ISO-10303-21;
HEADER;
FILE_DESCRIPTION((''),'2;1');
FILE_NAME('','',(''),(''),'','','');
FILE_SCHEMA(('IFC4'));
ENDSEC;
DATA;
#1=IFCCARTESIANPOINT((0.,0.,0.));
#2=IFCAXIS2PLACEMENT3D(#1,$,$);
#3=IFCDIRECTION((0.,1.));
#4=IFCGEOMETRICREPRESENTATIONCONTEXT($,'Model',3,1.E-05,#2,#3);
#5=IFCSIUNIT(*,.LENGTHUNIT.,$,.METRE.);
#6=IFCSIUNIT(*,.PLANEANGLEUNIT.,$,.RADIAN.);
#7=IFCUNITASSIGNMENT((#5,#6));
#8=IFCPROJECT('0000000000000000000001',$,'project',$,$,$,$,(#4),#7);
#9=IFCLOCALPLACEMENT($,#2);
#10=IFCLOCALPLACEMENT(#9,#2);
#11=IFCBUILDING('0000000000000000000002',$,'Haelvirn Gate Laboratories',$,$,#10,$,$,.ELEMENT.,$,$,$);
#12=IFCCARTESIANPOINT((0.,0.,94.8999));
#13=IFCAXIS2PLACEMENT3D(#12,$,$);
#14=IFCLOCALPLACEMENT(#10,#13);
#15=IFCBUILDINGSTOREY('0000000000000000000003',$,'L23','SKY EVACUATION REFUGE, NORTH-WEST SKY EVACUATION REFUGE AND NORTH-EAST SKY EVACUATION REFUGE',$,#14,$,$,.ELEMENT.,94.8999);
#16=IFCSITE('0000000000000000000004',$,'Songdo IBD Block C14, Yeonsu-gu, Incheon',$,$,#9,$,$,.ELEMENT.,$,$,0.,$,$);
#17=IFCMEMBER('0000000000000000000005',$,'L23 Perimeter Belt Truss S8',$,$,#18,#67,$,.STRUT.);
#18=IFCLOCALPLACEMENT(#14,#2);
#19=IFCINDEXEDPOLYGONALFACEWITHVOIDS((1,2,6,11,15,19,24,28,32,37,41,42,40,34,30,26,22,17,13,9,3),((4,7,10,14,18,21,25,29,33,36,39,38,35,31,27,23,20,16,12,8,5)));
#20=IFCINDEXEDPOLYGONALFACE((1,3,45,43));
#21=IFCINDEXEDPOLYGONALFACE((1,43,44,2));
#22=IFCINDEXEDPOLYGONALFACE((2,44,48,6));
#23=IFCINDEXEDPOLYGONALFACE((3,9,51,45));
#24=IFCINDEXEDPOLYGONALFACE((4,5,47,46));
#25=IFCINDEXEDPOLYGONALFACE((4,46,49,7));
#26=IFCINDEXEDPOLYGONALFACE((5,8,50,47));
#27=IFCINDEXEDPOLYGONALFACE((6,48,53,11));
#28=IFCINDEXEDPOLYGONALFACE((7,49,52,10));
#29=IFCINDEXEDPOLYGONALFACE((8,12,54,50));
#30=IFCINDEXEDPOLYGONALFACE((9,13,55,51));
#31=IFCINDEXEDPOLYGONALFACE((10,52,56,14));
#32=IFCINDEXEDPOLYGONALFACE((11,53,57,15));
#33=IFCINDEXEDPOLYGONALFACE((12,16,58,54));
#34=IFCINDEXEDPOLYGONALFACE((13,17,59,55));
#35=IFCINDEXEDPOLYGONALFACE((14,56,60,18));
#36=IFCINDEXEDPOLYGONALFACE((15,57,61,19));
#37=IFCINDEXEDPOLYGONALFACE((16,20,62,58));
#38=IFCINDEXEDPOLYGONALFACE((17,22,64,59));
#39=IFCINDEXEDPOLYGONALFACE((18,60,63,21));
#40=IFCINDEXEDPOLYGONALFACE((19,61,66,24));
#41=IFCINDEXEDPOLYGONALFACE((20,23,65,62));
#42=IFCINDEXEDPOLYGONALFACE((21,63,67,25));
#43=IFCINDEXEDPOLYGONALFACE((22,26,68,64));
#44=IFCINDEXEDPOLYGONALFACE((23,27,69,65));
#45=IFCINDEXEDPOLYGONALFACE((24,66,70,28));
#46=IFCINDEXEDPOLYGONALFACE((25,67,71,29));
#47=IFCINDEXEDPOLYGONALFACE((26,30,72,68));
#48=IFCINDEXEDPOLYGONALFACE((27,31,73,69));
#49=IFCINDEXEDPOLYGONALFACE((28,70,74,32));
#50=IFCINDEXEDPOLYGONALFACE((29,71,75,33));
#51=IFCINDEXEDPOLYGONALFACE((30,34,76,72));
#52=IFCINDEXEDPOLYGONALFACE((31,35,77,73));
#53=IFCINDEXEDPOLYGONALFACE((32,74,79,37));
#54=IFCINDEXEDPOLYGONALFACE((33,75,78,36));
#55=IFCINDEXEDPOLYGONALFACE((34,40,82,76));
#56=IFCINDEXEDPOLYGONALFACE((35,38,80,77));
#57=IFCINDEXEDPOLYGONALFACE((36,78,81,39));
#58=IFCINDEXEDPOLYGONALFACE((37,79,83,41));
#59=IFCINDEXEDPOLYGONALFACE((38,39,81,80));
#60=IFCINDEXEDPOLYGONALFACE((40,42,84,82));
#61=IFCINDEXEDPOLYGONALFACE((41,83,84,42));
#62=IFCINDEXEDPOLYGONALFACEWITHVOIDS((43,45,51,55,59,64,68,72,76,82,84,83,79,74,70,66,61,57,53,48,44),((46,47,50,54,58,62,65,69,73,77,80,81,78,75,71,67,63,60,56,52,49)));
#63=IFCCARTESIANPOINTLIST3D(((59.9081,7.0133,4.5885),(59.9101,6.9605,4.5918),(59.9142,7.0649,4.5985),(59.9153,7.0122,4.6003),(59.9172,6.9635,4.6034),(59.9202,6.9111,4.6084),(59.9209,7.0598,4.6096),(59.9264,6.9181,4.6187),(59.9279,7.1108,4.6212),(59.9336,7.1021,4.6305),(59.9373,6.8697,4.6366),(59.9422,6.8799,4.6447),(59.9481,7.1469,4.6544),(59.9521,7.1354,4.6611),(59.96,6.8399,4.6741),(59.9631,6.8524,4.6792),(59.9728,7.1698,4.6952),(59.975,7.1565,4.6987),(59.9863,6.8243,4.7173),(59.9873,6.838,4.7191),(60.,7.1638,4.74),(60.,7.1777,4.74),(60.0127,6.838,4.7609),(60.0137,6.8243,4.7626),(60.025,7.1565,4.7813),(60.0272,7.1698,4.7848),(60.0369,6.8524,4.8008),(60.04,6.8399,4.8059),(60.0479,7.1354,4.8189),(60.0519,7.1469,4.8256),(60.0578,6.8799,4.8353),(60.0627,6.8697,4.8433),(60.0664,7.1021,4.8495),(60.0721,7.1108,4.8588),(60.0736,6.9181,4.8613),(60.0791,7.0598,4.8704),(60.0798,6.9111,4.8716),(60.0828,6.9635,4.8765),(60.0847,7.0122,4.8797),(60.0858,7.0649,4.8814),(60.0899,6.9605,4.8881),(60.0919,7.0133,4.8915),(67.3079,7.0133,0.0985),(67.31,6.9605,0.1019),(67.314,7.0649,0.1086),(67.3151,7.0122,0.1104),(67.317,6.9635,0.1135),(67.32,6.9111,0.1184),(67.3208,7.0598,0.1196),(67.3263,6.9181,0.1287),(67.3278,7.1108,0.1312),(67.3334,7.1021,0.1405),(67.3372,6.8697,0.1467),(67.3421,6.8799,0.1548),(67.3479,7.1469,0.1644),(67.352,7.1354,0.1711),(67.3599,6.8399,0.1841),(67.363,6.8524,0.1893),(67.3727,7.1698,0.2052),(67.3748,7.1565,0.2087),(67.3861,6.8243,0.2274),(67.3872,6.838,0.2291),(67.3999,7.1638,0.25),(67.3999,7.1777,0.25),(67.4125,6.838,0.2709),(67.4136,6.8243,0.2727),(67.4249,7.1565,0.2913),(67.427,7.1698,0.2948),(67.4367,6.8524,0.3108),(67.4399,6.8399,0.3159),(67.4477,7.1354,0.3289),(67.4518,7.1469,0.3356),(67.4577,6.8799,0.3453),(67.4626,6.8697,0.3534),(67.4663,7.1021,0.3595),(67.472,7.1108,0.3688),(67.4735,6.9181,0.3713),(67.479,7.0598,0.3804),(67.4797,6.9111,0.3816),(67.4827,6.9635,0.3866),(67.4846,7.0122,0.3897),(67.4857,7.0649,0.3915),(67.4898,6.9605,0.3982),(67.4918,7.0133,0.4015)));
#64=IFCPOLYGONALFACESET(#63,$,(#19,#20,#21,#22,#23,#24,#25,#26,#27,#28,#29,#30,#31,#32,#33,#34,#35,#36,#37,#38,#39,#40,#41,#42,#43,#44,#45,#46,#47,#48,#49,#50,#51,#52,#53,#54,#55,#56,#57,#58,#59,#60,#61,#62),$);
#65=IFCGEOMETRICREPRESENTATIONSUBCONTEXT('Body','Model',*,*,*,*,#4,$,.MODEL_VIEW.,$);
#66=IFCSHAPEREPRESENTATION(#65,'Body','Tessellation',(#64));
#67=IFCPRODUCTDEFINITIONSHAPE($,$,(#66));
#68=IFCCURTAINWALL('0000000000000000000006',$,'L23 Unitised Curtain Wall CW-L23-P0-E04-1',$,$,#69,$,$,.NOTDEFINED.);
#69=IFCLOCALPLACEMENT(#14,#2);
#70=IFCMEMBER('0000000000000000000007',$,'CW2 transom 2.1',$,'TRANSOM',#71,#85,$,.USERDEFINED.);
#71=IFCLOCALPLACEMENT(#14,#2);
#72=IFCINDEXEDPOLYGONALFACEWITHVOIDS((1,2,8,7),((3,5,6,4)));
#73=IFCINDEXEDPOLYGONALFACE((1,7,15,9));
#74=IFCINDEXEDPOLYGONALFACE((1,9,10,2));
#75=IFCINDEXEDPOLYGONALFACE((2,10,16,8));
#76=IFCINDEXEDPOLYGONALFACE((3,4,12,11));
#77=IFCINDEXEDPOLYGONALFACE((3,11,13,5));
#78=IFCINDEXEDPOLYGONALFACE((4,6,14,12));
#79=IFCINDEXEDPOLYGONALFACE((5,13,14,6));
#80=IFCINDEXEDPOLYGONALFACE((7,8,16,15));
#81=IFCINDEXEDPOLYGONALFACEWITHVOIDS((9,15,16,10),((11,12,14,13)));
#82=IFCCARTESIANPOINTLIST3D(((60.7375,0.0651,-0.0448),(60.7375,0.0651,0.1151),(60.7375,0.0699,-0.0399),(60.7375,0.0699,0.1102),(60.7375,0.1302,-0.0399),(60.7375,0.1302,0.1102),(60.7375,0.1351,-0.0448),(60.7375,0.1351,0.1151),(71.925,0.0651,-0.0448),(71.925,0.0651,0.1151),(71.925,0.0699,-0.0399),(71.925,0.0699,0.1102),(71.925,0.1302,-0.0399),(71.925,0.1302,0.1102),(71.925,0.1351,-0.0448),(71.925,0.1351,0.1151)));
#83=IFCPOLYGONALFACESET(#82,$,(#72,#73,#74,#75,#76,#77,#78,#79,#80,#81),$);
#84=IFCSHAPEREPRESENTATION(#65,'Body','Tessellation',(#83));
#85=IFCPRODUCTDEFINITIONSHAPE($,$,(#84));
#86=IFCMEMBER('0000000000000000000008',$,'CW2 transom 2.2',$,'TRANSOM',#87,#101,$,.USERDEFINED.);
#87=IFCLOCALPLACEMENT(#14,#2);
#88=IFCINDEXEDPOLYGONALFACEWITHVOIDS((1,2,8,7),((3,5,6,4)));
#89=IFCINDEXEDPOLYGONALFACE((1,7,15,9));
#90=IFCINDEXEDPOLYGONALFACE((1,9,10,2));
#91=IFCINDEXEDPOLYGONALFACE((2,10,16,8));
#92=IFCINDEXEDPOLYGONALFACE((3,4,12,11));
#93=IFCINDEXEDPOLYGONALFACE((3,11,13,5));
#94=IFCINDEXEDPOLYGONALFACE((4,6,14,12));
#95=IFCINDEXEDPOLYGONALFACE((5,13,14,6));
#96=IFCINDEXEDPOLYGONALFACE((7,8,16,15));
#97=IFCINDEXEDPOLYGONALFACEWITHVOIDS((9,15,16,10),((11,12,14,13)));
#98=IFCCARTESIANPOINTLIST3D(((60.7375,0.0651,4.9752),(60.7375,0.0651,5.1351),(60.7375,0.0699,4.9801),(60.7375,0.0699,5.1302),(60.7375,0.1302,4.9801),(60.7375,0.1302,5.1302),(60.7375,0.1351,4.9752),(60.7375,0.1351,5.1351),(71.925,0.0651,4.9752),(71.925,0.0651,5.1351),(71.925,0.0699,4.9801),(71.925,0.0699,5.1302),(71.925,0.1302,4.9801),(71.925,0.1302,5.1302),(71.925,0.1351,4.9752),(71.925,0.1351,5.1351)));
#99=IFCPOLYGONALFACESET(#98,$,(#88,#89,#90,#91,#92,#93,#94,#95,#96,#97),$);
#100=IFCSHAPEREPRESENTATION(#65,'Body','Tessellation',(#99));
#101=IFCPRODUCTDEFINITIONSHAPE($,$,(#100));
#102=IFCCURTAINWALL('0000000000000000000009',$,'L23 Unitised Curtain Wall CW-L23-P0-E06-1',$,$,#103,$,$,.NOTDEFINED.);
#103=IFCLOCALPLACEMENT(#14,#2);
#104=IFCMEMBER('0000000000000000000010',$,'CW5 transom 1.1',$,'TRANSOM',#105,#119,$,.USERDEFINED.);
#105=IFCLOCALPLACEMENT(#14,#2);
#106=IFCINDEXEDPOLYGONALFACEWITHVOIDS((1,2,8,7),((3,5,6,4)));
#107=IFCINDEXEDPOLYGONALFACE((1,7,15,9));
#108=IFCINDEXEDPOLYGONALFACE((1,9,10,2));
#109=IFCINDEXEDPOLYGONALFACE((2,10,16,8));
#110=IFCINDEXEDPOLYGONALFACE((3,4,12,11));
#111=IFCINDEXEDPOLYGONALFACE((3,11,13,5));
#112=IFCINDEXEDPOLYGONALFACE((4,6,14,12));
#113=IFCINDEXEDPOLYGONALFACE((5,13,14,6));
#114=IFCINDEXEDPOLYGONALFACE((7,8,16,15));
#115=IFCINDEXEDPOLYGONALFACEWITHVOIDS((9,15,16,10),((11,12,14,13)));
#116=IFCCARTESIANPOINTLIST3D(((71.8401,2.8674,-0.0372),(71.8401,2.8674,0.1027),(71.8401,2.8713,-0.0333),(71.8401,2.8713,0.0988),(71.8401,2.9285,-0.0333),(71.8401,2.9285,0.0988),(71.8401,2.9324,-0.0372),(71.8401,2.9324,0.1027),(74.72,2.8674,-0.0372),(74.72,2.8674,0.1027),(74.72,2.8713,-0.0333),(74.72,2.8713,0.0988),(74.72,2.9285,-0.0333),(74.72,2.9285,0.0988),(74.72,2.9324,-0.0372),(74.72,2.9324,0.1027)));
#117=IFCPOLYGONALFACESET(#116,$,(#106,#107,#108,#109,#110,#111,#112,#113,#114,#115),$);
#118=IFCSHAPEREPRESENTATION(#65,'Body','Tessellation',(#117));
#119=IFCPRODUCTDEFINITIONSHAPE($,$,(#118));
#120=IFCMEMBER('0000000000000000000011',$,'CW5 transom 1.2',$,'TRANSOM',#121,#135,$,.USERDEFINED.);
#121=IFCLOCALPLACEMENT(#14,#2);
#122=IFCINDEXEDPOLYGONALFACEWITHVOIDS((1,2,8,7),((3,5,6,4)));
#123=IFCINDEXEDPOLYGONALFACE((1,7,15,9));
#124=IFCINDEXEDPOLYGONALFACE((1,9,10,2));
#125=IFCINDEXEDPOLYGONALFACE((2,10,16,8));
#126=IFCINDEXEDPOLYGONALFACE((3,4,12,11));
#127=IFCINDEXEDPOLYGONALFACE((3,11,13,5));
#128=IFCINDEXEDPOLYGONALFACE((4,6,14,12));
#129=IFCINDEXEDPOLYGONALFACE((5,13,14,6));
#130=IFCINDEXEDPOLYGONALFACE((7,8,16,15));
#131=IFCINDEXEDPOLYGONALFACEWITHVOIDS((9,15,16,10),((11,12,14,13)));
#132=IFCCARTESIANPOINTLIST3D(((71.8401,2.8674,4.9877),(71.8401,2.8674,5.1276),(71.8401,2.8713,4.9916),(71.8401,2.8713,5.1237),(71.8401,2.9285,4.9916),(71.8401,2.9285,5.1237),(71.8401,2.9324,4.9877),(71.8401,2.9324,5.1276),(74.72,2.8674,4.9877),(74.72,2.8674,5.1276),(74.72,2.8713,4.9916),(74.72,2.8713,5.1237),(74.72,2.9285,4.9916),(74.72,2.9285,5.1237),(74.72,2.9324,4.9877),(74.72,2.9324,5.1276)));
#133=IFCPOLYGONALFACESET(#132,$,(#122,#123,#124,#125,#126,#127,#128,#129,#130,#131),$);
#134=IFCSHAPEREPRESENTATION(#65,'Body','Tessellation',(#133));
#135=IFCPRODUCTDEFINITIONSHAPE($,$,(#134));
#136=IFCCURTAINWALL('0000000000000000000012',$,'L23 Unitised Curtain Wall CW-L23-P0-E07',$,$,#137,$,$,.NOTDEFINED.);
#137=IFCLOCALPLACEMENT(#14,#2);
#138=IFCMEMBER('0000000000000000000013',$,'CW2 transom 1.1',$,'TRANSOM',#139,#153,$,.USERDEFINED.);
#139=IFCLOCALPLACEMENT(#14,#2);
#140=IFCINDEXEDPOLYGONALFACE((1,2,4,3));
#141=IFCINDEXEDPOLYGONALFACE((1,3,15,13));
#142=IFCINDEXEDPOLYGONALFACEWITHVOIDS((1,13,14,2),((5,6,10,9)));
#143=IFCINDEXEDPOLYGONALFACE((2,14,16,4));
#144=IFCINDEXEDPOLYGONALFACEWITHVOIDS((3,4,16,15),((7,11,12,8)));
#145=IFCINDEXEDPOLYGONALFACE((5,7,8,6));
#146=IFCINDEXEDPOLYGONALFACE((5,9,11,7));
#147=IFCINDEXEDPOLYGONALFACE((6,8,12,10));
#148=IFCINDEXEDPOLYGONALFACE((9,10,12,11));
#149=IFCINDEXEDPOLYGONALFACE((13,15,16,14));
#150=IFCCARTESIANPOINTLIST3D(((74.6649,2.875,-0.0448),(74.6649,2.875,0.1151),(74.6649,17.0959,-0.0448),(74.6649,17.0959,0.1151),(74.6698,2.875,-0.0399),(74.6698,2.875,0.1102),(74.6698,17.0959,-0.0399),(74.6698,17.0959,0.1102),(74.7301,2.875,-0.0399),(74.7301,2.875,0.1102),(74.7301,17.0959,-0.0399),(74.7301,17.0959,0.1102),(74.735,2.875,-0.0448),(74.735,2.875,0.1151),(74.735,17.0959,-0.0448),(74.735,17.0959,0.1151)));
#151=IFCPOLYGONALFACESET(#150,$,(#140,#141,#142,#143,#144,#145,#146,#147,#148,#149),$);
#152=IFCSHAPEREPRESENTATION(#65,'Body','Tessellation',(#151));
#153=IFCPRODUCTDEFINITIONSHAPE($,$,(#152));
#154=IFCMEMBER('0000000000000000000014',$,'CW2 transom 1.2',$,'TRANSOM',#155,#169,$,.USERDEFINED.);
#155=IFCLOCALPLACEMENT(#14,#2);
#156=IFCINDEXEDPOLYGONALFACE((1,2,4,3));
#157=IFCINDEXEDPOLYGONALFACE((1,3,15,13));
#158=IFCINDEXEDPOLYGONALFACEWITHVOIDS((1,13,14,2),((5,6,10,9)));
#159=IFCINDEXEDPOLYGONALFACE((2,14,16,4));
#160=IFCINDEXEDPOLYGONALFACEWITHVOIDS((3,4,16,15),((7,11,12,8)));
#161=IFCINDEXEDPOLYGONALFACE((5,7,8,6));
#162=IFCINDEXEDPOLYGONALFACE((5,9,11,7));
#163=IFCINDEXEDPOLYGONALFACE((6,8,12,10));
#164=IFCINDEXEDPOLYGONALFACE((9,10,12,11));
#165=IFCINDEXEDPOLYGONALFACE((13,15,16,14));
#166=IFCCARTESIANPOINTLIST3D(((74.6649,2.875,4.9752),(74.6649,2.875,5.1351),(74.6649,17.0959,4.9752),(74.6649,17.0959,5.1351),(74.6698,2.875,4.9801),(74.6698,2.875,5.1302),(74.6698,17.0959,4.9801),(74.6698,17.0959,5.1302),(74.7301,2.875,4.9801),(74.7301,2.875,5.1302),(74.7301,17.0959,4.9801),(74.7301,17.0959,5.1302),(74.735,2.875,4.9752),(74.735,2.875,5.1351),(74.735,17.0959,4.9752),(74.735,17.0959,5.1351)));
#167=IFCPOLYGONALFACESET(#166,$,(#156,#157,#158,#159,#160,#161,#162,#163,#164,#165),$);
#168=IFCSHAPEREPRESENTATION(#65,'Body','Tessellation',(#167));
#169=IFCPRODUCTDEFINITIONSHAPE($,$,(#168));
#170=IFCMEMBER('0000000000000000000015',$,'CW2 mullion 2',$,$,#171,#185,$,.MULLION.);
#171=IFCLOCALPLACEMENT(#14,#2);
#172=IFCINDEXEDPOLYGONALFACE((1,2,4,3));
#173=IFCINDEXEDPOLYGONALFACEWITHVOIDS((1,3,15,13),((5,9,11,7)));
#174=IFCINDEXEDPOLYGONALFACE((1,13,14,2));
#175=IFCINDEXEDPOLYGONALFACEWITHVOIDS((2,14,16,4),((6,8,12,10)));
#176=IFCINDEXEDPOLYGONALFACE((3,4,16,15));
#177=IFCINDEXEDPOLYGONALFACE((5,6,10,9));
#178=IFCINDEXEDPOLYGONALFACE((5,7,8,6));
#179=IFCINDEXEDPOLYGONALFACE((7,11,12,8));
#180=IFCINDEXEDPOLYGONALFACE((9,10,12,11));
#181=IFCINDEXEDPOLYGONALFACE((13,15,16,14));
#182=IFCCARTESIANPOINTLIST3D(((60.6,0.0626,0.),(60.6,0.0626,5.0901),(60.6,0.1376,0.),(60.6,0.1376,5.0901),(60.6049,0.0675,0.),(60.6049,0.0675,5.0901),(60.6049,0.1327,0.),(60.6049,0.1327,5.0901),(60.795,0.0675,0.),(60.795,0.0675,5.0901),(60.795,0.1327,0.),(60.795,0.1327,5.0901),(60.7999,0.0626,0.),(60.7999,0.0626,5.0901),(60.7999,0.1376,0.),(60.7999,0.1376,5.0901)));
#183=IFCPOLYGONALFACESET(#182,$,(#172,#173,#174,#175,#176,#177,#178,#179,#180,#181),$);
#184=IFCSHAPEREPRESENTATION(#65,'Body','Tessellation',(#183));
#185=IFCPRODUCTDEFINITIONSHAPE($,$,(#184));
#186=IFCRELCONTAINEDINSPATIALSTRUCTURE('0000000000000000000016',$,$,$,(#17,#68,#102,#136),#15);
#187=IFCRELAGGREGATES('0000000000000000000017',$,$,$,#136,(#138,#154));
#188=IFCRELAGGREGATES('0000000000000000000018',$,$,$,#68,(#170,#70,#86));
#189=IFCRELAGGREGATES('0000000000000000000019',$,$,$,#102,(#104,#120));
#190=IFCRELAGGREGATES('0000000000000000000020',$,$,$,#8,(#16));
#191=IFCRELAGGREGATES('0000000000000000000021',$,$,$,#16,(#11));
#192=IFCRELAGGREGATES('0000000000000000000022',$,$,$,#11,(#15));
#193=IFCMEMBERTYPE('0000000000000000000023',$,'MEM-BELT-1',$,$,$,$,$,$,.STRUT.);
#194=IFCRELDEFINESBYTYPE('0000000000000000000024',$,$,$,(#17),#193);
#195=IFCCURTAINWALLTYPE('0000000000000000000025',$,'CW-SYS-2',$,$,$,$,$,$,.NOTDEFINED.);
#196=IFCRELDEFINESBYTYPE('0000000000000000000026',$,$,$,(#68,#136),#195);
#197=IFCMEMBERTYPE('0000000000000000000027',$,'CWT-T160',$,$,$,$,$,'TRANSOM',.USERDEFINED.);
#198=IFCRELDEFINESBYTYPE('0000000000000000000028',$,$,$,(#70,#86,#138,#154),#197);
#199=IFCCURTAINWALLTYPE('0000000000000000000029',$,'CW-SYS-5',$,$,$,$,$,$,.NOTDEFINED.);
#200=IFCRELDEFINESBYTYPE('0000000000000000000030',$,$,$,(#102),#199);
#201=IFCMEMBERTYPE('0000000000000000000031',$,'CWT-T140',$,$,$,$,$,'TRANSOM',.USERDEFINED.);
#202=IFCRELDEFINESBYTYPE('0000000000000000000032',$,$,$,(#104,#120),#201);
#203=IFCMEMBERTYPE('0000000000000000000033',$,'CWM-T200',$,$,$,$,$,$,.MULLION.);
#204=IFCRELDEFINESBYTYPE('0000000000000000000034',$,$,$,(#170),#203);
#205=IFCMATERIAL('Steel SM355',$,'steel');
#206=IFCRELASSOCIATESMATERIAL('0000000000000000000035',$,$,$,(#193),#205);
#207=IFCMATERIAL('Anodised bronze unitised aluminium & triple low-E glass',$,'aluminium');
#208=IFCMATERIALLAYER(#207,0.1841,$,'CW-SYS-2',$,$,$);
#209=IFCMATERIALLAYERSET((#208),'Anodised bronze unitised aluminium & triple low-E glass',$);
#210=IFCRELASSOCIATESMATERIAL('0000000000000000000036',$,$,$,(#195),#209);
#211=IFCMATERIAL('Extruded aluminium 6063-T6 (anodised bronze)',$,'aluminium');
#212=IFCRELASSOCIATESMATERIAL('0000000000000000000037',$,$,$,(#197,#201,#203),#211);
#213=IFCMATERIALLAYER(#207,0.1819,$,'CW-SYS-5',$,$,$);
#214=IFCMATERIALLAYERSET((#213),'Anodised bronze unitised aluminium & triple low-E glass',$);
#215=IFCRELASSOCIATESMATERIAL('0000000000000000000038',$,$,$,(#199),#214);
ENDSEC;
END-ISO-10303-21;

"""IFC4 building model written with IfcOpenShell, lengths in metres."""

from ifc_helpers import new_model, si_unit, direction, frame, origin, origin_2d, place, context, subcontext, project, spatial, hollow_rectangle, hollow_circle, extrude, source, transform, mapped, material, layer, layer_set, material_profile, profile_set, type_object, type_shapes, element, aggregate, save


model = new_model("IFC4")

# Units and contexts
model_context = context("Model", 3, precision=1e-05, world=origin(), true_north=direction((0.0, 1.0)))
body_context = subcontext(model_context, "Body", "Model", "MODEL_VIEW")
ifc_project = project(units=[si_unit("LENGTHUNIT", "METRE"), si_unit("PLANEANGLEUNIT", "RADIAN")], contexts=[model_context])

# Site, building, storey
site_placement = place(None, origin())
site = spatial("IfcSite", under=ifc_project, at=site_placement, Name="Songdo IBD Block C14, Yeonsu-gu, Incheon", CompositionType="ELEMENT", RefElevation=0.0)
building_placement = place(site_placement, origin())
building = spatial("IfcBuilding", under=site, at=building_placement, Name="Haelvirn Gate Laboratories", CompositionType="ELEMENT")
storey_placement = place(building_placement, frame((0.0, 0.0, 94.8999)))
storey = spatial("IfcBuildingStorey", under=building, at=storey_placement, Name="L23", Description="SKY EVACUATION REFUGE, NORTH-WEST SKY EVACUATION REFUGE AND NORTH-EAST SKY EVACUATION REFUGE", CompositionType="ELEMENT", Elevation=94.8999)

# Shared definitions
ifc_material_1 = material(Name="Steel SM355", Category="steel")

# Member
ifc_material_profile_1 = material_profile(ifc_material_1, hollow_circle(Radius=0.1777, WallThickness=0.0139, at=origin_2d()), Name="CHS-355x14")
ifc_profile_set_1 = profile_set([ifc_material_profile_1], Name="Steel SM355")
member_type_1 = type_object("IfcMemberType", Name="MEM-BELT-1", PredefinedType="STRUT", material=ifc_profile_set_1)
shared_shape_1 = source(origin(), body_context, "Body", "SweptSolid", [
    extrude(hollow_circle(Radius=0.1777, WallThickness=0.0139, at=origin_2d()), origin(), (0.0, 0.0, 1.0), 8.6555),
])
type_shapes(member_type_1, [shared_shape_1])
member_1_placement = place(storey_placement, frame((60.0, 7.0, 4.74), z_axis=(0.854931, 0.0, -0.518741), x_axis=(0.0, 1.0, 0.0)))
element("IfcMember", 1, at=member_1_placement, inside=storey, type_object=member_type_1, Name="L23 Perimeter Belt Truss S8", PredefinedType="STRUT", context=body_context, shape_type="MappedRepresentation", body=[
    mapped(shared_shape_1, transform((0.0, 0.0, 0.0), scale=1.0)),
])

# Curtain walls, members
ifc_material_2 = material(Name="Anodised bronze unitised aluminium & triple low-E glass", Category="aluminium")
ifc_layer_1 = layer(ifc_material_2, 0.1841, Name="CW-SYS-2")
ifc_layer_set_1 = layer_set([ifc_layer_1], Name="Anodised bronze unitised aluminium & triple low-E glass")
curtain_wall_type_1 = type_object("IfcCurtainWallType", Name="CW-SYS-2", PredefinedType="NOTDEFINED", material=ifc_layer_set_1)
curtain_wall_1_placement = place(storey_placement, origin())
curtain_wall_1 = element("IfcCurtainWall", 2, at=curtain_wall_1_placement, inside=storey, type_object=curtain_wall_type_1, Name="L23 Unitised Curtain Wall CW-L23-P0-E04-1", PredefinedType="NOTDEFINED")
ifc_material_3 = material(Name="Extruded aluminium 6063-T6 (anodised bronze)", Category="aluminium")
ifc_material_profile_2 = material_profile(ifc_material_3, hollow_rectangle(XDim=0.0701, YDim=0.1599, WallThickness=0.0049, at=origin_2d()), Name="CWT-160x70x5")
ifc_profile_set_2 = profile_set([ifc_material_profile_2], Name="Extruded aluminium 6063-T6 (anodised bronze)")
member_type_2 = type_object("IfcMemberType", Name="CWT-T160", ElementType="TRANSOM", PredefinedType="USERDEFINED", material=ifc_profile_set_2)
shared_shape_2 = source(origin(), body_context, "Body", "SweptSolid", [
    extrude(hollow_rectangle(XDim=0.0701, YDim=0.1599, WallThickness=0.0049, at=origin_2d()), origin(), (0.0, 0.0, 1.0), 11.1875),
])
member_2_placement = place(storey_placement, frame((60.7375, 0.1001, 0.0352), z_axis=(1.0, 0.0, 0.0), x_axis=(0.0, 1.0, 0.0)))
member_2 = element("IfcMember", 3, at=member_2_placement, type_object=member_type_2, Name="CW2 transom 2.1", ObjectType="TRANSOM", PredefinedType="USERDEFINED", context=body_context, shape_type="MappedRepresentation", body=[
    mapped(shared_shape_2, transform((0.0, 0.0, 0.0), scale=1.0)),
])
member_3_placement = place(storey_placement, frame((60.7375, 0.1001, 5.0552), z_axis=(1.0, 0.0, 0.0), x_axis=(0.0, 1.0, 0.0)))
member_3 = element("IfcMember", 4, at=member_3_placement, type_object=member_type_2, Name="CW2 transom 2.2", ObjectType="TRANSOM", PredefinedType="USERDEFINED", context=body_context, shape_type="MappedRepresentation", body=[
    mapped(shared_shape_2, transform((0.0, 0.0, 0.0), scale=1.0)),
])
ifc_layer_2 = layer(ifc_material_2, 0.1819, Name="CW-SYS-5")
ifc_layer_set_2 = layer_set([ifc_layer_2], Name="Anodised bronze unitised aluminium & triple low-E glass")
curtain_wall_type_2 = type_object("IfcCurtainWallType", Name="CW-SYS-5", PredefinedType="NOTDEFINED", material=ifc_layer_set_2)
curtain_wall_2_placement = place(storey_placement, origin())
curtain_wall_2 = element("IfcCurtainWall", 5, at=curtain_wall_2_placement, inside=storey, type_object=curtain_wall_type_2, Name="L23 Unitised Curtain Wall CW-L23-P0-E06-1", PredefinedType="NOTDEFINED")
ifc_material_profile_3 = material_profile(ifc_material_3, hollow_rectangle(XDim=0.0649, YDim=0.1399, WallThickness=0.0039, at=origin_2d()), Name="CWT-140x65x4")
ifc_profile_set_3 = profile_set([ifc_material_profile_3], Name="Extruded aluminium 6063-T6 (anodised bronze)")
member_type_3 = type_object("IfcMemberType", Name="CWT-T140", ElementType="TRANSOM", PredefinedType="USERDEFINED", material=ifc_profile_set_3)
shared_shape_3 = source(origin(), body_context, "Body", "SweptSolid", [
    extrude(hollow_rectangle(XDim=0.0649, YDim=0.1399, WallThickness=0.0039, at=origin_2d()), origin(), (0.0, 0.0, 1.0), 2.8799),
])
type_shapes(member_type_3, [shared_shape_3])
member_4_placement = place(storey_placement, frame((71.8401, 2.8999, 0.0327), z_axis=(1.0, 0.0, 0.0), x_axis=(0.0, 1.0, 0.0)))
member_4 = element("IfcMember", 6, at=member_4_placement, type_object=member_type_3, Name="CW5 transom 1.1", ObjectType="TRANSOM", PredefinedType="USERDEFINED", context=body_context, shape_type="MappedRepresentation", body=[
    mapped(shared_shape_3, transform((0.0, 0.0, 0.0), scale=1.0)),
])
member_5_placement = place(storey_placement, frame((71.8401, 2.8999, 5.0576), z_axis=(1.0, 0.0, 0.0), x_axis=(0.0, 1.0, 0.0)))
member_5 = element("IfcMember", 7, at=member_5_placement, type_object=member_type_3, Name="CW5 transom 1.2", ObjectType="TRANSOM", PredefinedType="USERDEFINED", context=body_context, shape_type="MappedRepresentation", body=[
    mapped(shared_shape_3, transform((0.0, 0.0, 0.0), scale=1.0)),
])
curtain_wall_3_placement = place(storey_placement, origin())
curtain_wall_3 = element("IfcCurtainWall", 8, at=curtain_wall_3_placement, inside=storey, type_object=curtain_wall_type_1, Name="L23 Unitised Curtain Wall CW-L23-P0-E07", PredefinedType="NOTDEFINED")
shared_shape_4 = source(origin(), body_context, "Body", "SweptSolid", [
    extrude(hollow_rectangle(XDim=0.0701, YDim=0.1599, WallThickness=0.0049, at=origin_2d()), origin(), (0.0, 0.0, 1.0), 14.2209),
])
type_shapes(member_type_2, [shared_shape_2, shared_shape_4])
member_6_placement = place(storey_placement, frame((74.7, 2.875, 0.0352), z_axis=(0.0, 1.0, 0.0), x_axis=(-1.0, 0.0, 0.0)))
member_6 = element("IfcMember", 9, at=member_6_placement, type_object=member_type_2, Name="CW2 transom 1.1", ObjectType="TRANSOM", PredefinedType="USERDEFINED", context=body_context, shape_type="MappedRepresentation", body=[
    mapped(shared_shape_4, transform((0.0, 0.0, 0.0), scale=1.0)),
])
member_7_placement = place(storey_placement, frame((74.7, 2.875, 5.0552), z_axis=(0.0, 1.0, 0.0), x_axis=(-1.0, 0.0, 0.0)))
member_7 = element("IfcMember", 10, at=member_7_placement, type_object=member_type_2, Name="CW2 transom 1.2", ObjectType="TRANSOM", PredefinedType="USERDEFINED", context=body_context, shape_type="MappedRepresentation", body=[
    mapped(shared_shape_4, transform((0.0, 0.0, 0.0), scale=1.0)),
])

# Member
ifc_material_profile_4 = material_profile(ifc_material_3, hollow_rectangle(XDim=0.075, YDim=0.2, WallThickness=0.0049, at=origin_2d()), Name="CWM-200x75x5")
ifc_profile_set_4 = profile_set([ifc_material_profile_4], Name="Extruded aluminium 6063-T6 (anodised bronze)")
member_type_4 = type_object("IfcMemberType", Name="CWM-T200", PredefinedType="MULLION", material=ifc_profile_set_4)
shared_shape_5 = source(origin(), body_context, "Body", "SweptSolid", [
    extrude(hollow_rectangle(XDim=0.075, YDim=0.2, WallThickness=0.0049, at=origin_2d()), origin(), (0.0, 0.0, 1.0), 5.0901),
])
type_shapes(member_type_4, [shared_shape_5])
member_8_placement = place(storey_placement, frame((60.7, 0.1001, 0.0), z_axis=(0.0, 0.0, 1.0), x_axis=(0.0, 1.0, 0.0)))
member_8 = element("IfcMember", 11, at=member_8_placement, type_object=member_type_4, Name="CW2 mullion 2", PredefinedType="MULLION", context=body_context, shape_type="MappedRepresentation", body=[
    mapped(shared_shape_5, transform((0.0, 0.0, 0.0), scale=1.0)),
])
aggregate(curtain_wall_3, [member_6, member_7])

aggregate(curtain_wall_1, [member_8, member_2, member_3])
aggregate(curtain_wall_2, [member_4, member_5])

save(model, "model.ifc")
